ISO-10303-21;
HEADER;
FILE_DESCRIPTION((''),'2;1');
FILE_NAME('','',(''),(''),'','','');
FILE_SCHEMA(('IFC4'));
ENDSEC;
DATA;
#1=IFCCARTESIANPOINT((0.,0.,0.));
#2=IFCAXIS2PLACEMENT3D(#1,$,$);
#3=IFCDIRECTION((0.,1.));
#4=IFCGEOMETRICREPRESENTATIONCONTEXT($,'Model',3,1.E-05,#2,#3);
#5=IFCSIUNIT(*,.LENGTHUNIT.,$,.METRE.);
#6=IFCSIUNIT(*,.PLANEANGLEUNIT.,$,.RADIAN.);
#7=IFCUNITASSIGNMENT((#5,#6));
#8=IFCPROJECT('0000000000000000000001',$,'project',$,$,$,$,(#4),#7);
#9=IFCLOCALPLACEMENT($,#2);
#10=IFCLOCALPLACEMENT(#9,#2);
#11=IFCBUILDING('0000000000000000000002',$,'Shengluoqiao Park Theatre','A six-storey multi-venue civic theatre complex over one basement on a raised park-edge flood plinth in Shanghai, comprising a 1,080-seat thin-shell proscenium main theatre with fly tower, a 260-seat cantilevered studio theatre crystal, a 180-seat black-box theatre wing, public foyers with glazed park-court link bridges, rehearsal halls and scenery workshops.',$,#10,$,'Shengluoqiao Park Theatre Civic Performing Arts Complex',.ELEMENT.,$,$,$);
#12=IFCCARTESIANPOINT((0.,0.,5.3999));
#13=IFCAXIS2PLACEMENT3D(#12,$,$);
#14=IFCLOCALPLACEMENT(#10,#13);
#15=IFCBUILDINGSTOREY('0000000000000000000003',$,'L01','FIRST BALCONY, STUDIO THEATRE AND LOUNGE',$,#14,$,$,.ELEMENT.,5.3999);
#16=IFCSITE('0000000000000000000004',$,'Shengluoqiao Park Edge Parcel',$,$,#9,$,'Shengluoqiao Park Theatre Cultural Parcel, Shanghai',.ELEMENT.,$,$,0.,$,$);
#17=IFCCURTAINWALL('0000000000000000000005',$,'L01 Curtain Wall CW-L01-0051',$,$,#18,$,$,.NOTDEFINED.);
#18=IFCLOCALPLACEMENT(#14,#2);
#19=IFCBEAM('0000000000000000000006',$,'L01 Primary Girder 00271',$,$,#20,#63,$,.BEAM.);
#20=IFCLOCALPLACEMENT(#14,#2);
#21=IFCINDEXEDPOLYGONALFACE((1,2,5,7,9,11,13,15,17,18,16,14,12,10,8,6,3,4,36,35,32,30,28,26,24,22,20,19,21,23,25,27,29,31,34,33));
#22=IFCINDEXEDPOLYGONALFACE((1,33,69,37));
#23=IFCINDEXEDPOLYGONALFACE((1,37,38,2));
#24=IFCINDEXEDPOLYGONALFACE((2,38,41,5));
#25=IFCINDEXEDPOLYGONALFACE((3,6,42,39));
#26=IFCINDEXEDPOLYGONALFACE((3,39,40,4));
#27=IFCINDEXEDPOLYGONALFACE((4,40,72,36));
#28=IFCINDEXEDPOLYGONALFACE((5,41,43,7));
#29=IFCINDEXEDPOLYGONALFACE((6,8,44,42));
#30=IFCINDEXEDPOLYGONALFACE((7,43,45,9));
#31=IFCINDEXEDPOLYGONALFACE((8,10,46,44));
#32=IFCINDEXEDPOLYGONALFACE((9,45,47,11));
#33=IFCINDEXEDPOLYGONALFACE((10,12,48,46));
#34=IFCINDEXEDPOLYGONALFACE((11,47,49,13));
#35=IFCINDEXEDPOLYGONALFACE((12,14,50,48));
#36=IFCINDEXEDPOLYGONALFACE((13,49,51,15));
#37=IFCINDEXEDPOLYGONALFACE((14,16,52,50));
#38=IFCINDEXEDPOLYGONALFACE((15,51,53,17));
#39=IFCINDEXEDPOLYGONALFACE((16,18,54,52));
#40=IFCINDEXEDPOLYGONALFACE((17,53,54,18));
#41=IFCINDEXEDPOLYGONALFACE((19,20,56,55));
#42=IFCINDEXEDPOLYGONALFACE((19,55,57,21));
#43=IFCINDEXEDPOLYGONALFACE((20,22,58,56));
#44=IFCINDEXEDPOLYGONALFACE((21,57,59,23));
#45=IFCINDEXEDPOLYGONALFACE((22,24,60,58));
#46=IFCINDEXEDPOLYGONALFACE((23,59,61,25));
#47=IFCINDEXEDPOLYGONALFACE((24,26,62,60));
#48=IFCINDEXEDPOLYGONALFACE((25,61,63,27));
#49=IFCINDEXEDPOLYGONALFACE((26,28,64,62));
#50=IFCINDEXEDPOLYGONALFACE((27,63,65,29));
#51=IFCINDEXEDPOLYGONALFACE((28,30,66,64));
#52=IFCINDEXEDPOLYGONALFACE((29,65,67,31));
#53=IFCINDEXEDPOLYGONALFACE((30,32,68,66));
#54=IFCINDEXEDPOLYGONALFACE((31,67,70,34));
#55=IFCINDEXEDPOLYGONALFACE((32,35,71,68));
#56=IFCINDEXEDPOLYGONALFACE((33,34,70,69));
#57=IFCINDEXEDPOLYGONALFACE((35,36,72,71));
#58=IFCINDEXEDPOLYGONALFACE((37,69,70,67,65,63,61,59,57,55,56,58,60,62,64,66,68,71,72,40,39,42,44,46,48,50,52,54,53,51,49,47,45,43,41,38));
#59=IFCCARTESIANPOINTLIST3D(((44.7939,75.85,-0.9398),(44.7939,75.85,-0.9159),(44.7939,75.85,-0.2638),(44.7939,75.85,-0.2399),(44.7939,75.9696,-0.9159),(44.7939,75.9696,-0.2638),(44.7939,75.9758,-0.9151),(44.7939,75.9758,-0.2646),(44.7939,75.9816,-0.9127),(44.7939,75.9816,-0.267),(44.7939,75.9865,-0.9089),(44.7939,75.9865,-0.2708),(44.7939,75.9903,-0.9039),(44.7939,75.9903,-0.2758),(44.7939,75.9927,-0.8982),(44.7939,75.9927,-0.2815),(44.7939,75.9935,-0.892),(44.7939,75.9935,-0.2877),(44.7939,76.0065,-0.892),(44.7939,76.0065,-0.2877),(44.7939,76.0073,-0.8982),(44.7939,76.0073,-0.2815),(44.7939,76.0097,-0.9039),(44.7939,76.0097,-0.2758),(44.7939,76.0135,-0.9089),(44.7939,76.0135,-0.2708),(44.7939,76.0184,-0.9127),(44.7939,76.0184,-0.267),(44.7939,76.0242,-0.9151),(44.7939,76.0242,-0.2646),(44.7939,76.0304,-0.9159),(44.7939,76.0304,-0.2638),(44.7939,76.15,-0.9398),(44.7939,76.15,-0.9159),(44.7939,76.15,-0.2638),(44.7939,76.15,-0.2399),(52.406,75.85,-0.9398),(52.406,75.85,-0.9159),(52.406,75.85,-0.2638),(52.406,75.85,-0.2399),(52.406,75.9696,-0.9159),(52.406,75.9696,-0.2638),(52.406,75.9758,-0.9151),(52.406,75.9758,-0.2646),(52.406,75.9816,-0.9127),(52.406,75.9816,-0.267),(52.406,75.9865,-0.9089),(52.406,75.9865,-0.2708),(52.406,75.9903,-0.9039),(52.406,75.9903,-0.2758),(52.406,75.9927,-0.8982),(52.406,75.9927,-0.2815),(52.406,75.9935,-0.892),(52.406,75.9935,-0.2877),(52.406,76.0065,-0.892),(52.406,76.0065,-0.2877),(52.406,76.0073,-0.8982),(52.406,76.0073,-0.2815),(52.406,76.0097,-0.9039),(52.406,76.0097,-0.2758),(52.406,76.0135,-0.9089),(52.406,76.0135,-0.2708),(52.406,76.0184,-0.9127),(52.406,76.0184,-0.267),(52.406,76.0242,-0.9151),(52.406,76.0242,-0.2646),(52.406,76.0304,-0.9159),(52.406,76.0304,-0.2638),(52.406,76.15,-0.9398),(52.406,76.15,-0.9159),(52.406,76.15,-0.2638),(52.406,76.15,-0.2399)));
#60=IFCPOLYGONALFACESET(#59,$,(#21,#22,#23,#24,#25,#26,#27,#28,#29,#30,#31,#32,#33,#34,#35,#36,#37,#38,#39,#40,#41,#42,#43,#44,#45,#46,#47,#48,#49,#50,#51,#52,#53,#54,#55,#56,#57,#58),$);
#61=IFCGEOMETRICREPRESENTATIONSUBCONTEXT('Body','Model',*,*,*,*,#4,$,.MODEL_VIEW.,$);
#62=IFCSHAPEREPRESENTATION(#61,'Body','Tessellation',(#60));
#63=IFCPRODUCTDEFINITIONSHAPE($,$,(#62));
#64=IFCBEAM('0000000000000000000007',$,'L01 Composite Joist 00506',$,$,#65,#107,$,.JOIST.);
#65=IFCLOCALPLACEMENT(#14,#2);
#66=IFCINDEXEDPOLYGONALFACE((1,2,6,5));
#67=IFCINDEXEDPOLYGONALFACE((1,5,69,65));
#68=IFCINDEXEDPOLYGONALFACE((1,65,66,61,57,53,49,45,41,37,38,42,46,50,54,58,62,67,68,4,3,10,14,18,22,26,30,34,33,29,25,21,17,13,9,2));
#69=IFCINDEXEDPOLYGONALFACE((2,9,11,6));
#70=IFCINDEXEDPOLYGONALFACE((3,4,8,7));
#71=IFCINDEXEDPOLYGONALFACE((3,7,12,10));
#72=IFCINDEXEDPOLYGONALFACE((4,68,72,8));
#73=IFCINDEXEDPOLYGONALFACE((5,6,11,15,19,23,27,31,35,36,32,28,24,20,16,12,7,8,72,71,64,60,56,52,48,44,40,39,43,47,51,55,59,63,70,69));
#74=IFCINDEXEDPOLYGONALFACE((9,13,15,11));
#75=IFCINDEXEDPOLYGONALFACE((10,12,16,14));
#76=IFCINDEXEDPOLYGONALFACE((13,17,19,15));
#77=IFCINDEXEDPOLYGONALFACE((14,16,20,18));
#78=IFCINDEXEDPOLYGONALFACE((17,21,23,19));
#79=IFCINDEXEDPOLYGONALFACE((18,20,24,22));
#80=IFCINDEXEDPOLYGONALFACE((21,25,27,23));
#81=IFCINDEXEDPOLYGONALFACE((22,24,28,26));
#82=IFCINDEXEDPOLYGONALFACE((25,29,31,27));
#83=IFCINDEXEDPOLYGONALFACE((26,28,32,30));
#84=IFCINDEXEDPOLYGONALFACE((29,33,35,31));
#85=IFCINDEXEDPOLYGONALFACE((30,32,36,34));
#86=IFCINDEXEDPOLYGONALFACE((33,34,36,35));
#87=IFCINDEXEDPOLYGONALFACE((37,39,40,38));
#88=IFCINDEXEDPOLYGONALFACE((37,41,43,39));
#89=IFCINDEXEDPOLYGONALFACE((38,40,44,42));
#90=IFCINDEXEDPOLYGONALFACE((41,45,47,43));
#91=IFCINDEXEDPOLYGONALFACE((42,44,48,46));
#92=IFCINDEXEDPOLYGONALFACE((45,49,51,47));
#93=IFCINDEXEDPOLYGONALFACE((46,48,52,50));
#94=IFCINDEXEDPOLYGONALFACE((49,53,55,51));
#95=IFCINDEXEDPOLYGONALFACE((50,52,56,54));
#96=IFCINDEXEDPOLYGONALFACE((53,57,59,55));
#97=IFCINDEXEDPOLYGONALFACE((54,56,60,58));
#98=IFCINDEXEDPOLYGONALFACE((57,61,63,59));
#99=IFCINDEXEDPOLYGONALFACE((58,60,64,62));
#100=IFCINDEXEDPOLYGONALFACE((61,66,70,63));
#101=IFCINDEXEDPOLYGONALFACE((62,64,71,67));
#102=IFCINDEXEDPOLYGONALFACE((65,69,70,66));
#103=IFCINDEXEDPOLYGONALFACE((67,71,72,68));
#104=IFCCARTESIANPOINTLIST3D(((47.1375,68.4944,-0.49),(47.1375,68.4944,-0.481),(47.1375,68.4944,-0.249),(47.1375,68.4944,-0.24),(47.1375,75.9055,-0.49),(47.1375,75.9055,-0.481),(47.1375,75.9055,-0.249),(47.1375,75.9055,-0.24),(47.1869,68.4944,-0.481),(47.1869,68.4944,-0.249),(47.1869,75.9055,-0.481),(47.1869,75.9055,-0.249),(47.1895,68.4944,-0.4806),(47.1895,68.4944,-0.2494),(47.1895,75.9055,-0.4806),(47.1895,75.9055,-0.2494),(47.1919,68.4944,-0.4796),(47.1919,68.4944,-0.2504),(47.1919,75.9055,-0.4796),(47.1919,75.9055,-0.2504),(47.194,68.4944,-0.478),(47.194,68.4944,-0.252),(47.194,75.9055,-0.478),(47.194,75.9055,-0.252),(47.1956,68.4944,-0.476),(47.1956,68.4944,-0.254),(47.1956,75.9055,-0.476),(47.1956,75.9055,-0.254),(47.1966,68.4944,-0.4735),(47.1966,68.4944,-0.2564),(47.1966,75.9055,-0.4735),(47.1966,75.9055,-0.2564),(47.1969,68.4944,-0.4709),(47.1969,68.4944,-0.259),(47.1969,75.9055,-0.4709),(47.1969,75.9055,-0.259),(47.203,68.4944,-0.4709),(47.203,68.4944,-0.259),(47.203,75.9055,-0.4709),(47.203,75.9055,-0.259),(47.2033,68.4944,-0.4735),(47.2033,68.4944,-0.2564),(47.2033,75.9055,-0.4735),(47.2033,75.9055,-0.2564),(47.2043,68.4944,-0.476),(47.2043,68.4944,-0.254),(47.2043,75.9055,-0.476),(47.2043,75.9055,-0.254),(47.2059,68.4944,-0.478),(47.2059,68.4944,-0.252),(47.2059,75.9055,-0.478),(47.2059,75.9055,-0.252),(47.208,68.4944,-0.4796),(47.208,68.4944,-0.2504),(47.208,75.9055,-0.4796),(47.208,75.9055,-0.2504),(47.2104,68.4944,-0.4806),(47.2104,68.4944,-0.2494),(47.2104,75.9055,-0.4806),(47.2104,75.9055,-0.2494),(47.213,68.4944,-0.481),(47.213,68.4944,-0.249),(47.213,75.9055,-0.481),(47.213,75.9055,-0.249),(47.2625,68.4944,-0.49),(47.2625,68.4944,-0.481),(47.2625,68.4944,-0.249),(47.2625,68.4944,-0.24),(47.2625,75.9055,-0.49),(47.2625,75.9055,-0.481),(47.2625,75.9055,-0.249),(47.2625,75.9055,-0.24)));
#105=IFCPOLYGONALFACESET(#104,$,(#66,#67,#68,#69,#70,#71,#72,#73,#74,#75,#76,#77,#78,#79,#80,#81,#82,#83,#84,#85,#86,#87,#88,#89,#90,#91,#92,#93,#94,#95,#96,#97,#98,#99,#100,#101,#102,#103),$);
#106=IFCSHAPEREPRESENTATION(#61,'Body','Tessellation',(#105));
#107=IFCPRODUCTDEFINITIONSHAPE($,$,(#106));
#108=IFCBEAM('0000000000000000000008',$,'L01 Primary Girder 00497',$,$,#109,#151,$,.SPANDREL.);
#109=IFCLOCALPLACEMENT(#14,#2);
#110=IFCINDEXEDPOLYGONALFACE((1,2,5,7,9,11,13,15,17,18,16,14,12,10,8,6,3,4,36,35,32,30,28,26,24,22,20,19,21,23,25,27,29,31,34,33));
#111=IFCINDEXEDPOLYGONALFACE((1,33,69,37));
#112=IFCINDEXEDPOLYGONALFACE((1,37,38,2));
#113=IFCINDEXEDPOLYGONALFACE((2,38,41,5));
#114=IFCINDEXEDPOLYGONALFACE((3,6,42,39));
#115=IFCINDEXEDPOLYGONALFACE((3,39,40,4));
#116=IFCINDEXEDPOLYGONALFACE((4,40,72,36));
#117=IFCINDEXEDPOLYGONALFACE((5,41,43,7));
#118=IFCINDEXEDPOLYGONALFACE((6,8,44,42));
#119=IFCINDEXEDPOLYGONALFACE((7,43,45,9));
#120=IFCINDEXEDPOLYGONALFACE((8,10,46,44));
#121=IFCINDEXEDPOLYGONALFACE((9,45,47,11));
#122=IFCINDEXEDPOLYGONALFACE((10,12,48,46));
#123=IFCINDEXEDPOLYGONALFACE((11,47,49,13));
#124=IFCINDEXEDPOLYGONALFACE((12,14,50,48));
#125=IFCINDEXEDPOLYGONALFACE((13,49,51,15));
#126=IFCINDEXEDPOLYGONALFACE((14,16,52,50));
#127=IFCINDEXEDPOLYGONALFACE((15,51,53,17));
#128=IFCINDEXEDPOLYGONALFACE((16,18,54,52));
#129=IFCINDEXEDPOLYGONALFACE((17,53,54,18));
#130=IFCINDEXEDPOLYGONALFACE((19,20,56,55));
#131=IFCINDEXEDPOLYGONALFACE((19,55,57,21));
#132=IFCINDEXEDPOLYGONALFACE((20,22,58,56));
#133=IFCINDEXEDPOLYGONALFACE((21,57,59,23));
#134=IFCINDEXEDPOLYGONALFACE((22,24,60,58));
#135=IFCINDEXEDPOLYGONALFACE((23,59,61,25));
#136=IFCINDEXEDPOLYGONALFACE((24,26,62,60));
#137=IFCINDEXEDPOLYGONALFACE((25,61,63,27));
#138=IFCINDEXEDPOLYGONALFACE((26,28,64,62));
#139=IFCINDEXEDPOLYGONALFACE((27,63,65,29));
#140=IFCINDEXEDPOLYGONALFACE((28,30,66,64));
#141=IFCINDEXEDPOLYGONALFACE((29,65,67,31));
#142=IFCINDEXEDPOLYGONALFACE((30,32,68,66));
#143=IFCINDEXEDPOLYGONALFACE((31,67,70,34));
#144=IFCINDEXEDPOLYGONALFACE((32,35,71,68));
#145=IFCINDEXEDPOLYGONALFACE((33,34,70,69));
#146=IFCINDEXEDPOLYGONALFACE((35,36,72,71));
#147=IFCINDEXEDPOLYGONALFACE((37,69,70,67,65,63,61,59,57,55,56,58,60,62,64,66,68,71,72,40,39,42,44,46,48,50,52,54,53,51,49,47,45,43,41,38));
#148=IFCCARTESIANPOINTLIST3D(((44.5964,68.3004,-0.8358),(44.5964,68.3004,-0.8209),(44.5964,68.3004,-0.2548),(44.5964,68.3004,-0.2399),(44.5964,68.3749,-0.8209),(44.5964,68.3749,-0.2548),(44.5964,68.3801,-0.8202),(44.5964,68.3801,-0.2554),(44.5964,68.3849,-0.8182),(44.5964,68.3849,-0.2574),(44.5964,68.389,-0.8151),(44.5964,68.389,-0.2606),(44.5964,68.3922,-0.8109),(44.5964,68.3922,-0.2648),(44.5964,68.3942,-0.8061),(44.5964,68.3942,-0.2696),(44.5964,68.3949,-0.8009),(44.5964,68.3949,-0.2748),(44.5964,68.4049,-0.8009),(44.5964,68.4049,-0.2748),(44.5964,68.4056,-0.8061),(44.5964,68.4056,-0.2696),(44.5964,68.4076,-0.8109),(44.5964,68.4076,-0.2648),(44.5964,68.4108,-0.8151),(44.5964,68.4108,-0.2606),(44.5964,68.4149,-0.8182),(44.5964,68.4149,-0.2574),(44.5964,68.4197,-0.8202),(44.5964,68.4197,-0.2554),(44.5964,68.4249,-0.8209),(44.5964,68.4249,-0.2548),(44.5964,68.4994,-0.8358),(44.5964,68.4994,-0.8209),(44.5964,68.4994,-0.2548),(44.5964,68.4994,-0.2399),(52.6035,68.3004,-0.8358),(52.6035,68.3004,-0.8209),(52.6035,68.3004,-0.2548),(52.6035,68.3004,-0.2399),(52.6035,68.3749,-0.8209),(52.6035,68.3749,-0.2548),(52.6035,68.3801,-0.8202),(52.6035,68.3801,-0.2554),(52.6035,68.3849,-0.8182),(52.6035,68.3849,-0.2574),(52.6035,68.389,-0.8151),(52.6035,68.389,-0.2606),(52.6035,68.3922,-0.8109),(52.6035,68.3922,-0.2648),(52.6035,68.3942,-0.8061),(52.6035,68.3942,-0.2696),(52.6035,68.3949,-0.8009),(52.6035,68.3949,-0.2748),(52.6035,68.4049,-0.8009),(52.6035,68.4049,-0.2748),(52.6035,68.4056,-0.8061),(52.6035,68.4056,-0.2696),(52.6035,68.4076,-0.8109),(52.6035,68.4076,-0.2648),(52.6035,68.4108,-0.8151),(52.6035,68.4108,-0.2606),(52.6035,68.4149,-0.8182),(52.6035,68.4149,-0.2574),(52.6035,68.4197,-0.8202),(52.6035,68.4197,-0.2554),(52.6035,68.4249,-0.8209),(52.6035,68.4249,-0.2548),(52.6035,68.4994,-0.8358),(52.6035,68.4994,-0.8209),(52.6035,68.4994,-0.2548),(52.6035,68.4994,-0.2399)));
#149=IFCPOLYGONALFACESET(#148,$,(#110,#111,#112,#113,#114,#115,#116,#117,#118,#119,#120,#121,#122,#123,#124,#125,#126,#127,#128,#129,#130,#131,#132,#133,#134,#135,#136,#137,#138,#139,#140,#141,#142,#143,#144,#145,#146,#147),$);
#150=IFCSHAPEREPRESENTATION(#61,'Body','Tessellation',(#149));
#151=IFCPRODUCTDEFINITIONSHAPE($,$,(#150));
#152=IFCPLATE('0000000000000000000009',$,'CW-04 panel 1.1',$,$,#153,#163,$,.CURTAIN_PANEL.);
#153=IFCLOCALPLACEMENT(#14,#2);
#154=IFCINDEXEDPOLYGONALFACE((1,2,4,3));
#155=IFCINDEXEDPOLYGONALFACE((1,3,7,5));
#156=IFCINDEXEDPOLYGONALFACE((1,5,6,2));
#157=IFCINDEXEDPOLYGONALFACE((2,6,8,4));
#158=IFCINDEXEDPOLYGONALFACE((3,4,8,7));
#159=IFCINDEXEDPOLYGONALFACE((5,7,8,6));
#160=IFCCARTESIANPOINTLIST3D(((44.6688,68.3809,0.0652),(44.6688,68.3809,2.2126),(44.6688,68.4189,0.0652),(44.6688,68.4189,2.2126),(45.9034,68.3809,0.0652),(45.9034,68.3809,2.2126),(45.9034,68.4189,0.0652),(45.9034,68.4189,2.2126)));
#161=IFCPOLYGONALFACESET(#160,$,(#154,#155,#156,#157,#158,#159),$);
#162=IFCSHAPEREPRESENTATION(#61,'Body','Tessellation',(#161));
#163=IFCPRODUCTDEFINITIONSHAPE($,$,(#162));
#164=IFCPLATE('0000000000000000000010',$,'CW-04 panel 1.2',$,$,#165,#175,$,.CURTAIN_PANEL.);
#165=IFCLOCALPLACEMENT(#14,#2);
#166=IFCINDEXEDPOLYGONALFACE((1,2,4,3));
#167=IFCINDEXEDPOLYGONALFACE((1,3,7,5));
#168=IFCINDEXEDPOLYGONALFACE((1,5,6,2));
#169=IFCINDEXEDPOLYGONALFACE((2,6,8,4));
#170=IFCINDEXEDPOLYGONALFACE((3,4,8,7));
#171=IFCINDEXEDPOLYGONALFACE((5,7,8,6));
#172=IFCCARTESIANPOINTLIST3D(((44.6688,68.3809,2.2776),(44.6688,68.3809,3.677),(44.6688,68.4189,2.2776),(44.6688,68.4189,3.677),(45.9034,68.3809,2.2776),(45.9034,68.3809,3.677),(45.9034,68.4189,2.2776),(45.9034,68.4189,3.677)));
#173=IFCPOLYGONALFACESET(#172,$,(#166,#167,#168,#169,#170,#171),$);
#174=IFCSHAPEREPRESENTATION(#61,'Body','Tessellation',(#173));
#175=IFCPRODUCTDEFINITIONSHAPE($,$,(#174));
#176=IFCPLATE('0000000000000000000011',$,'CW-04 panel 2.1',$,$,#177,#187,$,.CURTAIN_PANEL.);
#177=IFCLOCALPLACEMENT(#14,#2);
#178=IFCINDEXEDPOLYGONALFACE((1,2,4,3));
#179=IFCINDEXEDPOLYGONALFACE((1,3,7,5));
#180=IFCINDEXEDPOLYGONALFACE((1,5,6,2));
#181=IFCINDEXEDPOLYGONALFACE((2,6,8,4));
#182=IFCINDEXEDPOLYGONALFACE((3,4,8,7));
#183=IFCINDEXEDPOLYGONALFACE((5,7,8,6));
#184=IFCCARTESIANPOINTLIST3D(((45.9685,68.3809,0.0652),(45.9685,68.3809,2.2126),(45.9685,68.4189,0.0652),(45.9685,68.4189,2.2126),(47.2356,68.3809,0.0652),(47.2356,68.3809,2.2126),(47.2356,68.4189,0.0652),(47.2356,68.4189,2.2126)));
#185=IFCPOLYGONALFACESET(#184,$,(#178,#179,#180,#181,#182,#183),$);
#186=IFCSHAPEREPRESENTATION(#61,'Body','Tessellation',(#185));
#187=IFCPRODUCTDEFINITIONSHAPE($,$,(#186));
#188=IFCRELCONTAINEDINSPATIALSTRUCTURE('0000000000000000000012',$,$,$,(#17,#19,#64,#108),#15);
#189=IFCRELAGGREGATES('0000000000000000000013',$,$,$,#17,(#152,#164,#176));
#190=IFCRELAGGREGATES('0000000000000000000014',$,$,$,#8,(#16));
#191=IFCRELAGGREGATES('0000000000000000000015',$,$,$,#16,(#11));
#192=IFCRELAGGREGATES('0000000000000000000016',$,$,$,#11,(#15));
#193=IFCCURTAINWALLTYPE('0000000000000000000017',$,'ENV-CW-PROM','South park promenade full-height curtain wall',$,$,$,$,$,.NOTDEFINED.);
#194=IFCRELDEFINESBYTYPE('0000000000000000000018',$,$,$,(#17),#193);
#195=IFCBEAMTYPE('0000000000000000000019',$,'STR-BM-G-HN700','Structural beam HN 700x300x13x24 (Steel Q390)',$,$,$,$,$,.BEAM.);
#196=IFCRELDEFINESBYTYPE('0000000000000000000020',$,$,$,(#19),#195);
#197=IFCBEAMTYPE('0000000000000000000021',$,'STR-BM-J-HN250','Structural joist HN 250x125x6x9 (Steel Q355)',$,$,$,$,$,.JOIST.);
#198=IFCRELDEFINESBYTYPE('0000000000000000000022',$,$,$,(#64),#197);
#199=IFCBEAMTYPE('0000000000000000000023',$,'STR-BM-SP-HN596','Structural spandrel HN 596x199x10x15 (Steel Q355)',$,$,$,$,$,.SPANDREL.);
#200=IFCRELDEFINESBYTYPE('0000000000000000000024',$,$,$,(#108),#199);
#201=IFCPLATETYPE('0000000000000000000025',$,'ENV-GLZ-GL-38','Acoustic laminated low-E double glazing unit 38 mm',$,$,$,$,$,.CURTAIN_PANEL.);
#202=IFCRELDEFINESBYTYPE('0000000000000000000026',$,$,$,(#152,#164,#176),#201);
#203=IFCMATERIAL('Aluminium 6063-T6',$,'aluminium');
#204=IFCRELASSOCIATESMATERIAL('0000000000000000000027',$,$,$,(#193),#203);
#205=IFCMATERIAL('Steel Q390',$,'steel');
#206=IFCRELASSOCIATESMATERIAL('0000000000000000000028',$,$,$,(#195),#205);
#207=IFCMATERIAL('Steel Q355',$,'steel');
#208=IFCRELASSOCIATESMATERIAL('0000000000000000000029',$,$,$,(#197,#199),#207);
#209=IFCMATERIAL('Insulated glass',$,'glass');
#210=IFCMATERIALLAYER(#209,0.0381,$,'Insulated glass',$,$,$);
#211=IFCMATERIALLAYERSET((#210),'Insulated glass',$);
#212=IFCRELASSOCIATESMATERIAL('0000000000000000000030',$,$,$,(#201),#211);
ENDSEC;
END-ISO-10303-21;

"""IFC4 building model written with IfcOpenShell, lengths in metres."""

from ifc_helpers import new_model, si_unit, direction, frame, origin, origin_2d, place, context, subcontext, project, spatial, rectangle, i_section, extrude, material, layer, layer_set, material_profile, profile_set, type_object, element, aggregate, save


model = new_model("IFC4")

# Units and contexts
model_context = context("Model", 3, precision=1e-05, world=origin(), true_north=direction((0.0, 1.0)))
body_context = subcontext(model_context, "Body", "Model", "MODEL_VIEW")
ifc_project = project(units=[si_unit("LENGTHUNIT", "METRE"), si_unit("PLANEANGLEUNIT", "RADIAN")], contexts=[model_context])

# Site, building, storey
site_placement = place(None, origin())
site = spatial("IfcSite", under=ifc_project, at=site_placement, Name="Shengluoqiao Park Edge Parcel", LongName="Shengluoqiao Park Theatre Cultural Parcel, Shanghai", CompositionType="ELEMENT", RefElevation=0.0)
building_placement = place(site_placement, origin())
building = spatial("IfcBuilding", under=site, at=building_placement, Name="Shengluoqiao Park Theatre", Description="A six-storey multi-venue civic theatre complex over one basement on a raised park-edge flood plinth in Shanghai, comprising a 1,080-seat thin-shell proscenium main theatre with fly tower, a 260-seat cantilevered studio theatre crystal, a 180-seat black-box theatre wing, public foyers with glazed park-court link bridges, rehearsal halls and scenery workshops.", LongName="Shengluoqiao Park Theatre Civic Performing Arts Complex", CompositionType="ELEMENT")
storey_placement = place(building_placement, frame((0.0, 0.0, 5.3999)))
storey = spatial("IfcBuildingStorey", under=building, at=storey_placement, Name="L01", Description="FIRST BALCONY, STUDIO THEATRE AND LOUNGE", CompositionType="ELEMENT", Elevation=5.3999)

# Shared definitions
ifc_material_1 = material(Name="Steel Q355", Category="steel")

# Curtain wall
ifc_material_2 = material(Name="Aluminium 6063-T6", Category="aluminium")
curtain_wall_type = type_object("IfcCurtainWallType", Name="ENV-CW-PROM", Description="South park promenade full-height curtain wall", PredefinedType="NOTDEFINED", material=ifc_material_2)
curtain_wall_placement = place(storey_placement, origin())
curtain_wall = element("IfcCurtainWall", 1, at=curtain_wall_placement, inside=storey, type_object=curtain_wall_type, Name="L01 Curtain Wall CW-L01-0051", PredefinedType="NOTDEFINED")

# Beams
ifc_material_3 = material(Name="Steel Q390", Category="steel")
ifc_material_profile_1 = material_profile(ifc_material_3, i_section(OverallWidth=0.3, OverallDepth=0.7, WebThickness=0.0129, FlangeThickness=0.0239, FilletRadius=0.0239, at=origin_2d()), Name="HN 700x300x13x24")
ifc_profile_set_1 = profile_set([ifc_material_profile_1], Name="Steel Q390")
beam_type_1 = type_object("IfcBeamType", Name="STR-BM-G-HN700", Description="Structural beam HN 700x300x13x24 (Steel Q390)", PredefinedType="BEAM", material=ifc_profile_set_1)
beam_1_placement = place(storey_placement, frame((44.7939, 76.0, -0.5898), z_axis=(1.0, 0.0, 0.0), x_axis=(0.0, 1.0, 0.0)))
element("IfcBeam", 2, at=beam_1_placement, inside=storey, type_object=beam_type_1, Name="L01 Primary Girder 00271", PredefinedType="BEAM", context=body_context, shape_type="SweptSolid", body=[
    extrude(i_section(OverallWidth=0.3, OverallDepth=0.7, WebThickness=0.0129, FlangeThickness=0.0239, FilletRadius=0.0239, at=origin_2d()), origin(), (0.0, 0.0, 1.0), 7.6121),
])
ifc_material_profile_2 = material_profile(ifc_material_1, i_section(OverallWidth=0.125, OverallDepth=0.25, WebThickness=0.0061, FlangeThickness=0.009, FilletRadius=0.01, at=origin_2d()), Name="HN 250x125x6x9")
ifc_profile_set_2 = profile_set([ifc_material_profile_2], Name="Steel Q355")
beam_type_2 = type_object("IfcBeamType", Name="STR-BM-J-HN250", Description="Structural joist HN 250x125x6x9 (Steel Q355)", PredefinedType="JOIST", material=ifc_profile_set_2)
beam_2_placement = place(storey_placement, frame((47.2, 68.4944, -0.365), z_axis=(0.0, 1.0, 0.0), x_axis=(-1.0, 0.0, 0.0)))
element("IfcBeam", 3, at=beam_2_placement, inside=storey, type_object=beam_type_2, Name="L01 Composite Joist 00506", PredefinedType="JOIST", context=body_context, shape_type="SweptSolid", body=[
    extrude(i_section(OverallWidth=0.125, OverallDepth=0.25, WebThickness=0.0061, FlangeThickness=0.009, FilletRadius=0.01, at=origin_2d()), origin(), (0.0, 0.0, 1.0), 7.4111),
])
ifc_material_profile_3 = material_profile(ifc_material_1, i_section(OverallWidth=0.199, OverallDepth=0.5959, WebThickness=0.01, FlangeThickness=0.0149, FilletRadius=0.02, at=origin_2d()), Name="HN 596x199x10x15")
ifc_profile_set_3 = profile_set([ifc_material_profile_3], Name="Steel Q355")
beam_type_3 = type_object("IfcBeamType", Name="STR-BM-SP-HN596", Description="Structural spandrel HN 596x199x10x15 (Steel Q355)", PredefinedType="SPANDREL", material=ifc_profile_set_3)
beam_3_placement = place(storey_placement, frame((44.5964, 68.3999, -0.5378), z_axis=(1.0, 0.0, 0.0), x_axis=(0.0, 1.0, 0.0)))
element("IfcBeam", 4, at=beam_3_placement, inside=storey, type_object=beam_type_3, Name="L01 Primary Girder 00497", PredefinedType="SPANDREL", context=body_context, shape_type="SweptSolid", body=[
    extrude(i_section(OverallWidth=0.199, OverallDepth=0.5959, WebThickness=0.01, FlangeThickness=0.0149, FilletRadius=0.02, at=origin_2d()), origin(), (0.0, 0.0, 1.0), 8.0071),
])

# Plates
ifc_material_4 = material(Name="Insulated glass", Category="glass")
ifc_layer_1 = layer(ifc_material_4, 0.0381, Name="Insulated glass")
ifc_layer_set_1 = layer_set([ifc_layer_1], Name="Insulated glass")
plate_type = type_object("IfcPlateType", Name="ENV-GLZ-GL-38", Description="Acoustic laminated low-E double glazing unit 38 mm", PredefinedType="CURTAIN_PANEL", material=ifc_layer_set_1)
plate_1_placement = place(storey_placement, frame((45.2861, 68.3999, 0.0652), z_axis=(0.0, 0.0, 1.0), x_axis=(1.0, 0.0, 0.0)))
plate_1 = element("IfcPlate", 5, at=plate_1_placement, type_object=plate_type, Name="CW-04 panel 1.1", PredefinedType="CURTAIN_PANEL", context=body_context, shape_type="SweptSolid", body=[
    extrude(rectangle(XDim=1.2346, YDim=0.0381, at=origin_2d()), origin(), (0.0, 0.0, 1.0), 2.1475),
])
plate_2_placement = place(storey_placement, frame((45.2861, 68.3999, 2.2776), z_axis=(0.0, 0.0, 1.0), x_axis=(1.0, 0.0, 0.0)))
plate_2 = element("IfcPlate", 6, at=plate_2_placement, type_object=plate_type, Name="CW-04 panel 1.2", PredefinedType="CURTAIN_PANEL", context=body_context, shape_type="SweptSolid", body=[
    extrude(rectangle(XDim=1.2346, YDim=0.0381, at=origin_2d()), origin(), (0.0, 0.0, 1.0), 1.3994),
])
plate_3_placement = place(storey_placement, frame((46.6021, 68.3999, 0.0652), z_axis=(0.0, 0.0, 1.0), x_axis=(1.0, 0.0, 0.0)))
plate_3 = element("IfcPlate", 7, at=plate_3_placement, type_object=plate_type, Name="CW-04 panel 2.1", PredefinedType="CURTAIN_PANEL", context=body_context, shape_type="SweptSolid", body=[
    extrude(rectangle(XDim=1.2671, YDim=0.0381, at=origin_2d()), origin(), (0.0, 0.0, 1.0), 2.1475),
])
aggregate(curtain_wall, [plate_1, plate_2, plate_3])

save(model, "model.ifc")
